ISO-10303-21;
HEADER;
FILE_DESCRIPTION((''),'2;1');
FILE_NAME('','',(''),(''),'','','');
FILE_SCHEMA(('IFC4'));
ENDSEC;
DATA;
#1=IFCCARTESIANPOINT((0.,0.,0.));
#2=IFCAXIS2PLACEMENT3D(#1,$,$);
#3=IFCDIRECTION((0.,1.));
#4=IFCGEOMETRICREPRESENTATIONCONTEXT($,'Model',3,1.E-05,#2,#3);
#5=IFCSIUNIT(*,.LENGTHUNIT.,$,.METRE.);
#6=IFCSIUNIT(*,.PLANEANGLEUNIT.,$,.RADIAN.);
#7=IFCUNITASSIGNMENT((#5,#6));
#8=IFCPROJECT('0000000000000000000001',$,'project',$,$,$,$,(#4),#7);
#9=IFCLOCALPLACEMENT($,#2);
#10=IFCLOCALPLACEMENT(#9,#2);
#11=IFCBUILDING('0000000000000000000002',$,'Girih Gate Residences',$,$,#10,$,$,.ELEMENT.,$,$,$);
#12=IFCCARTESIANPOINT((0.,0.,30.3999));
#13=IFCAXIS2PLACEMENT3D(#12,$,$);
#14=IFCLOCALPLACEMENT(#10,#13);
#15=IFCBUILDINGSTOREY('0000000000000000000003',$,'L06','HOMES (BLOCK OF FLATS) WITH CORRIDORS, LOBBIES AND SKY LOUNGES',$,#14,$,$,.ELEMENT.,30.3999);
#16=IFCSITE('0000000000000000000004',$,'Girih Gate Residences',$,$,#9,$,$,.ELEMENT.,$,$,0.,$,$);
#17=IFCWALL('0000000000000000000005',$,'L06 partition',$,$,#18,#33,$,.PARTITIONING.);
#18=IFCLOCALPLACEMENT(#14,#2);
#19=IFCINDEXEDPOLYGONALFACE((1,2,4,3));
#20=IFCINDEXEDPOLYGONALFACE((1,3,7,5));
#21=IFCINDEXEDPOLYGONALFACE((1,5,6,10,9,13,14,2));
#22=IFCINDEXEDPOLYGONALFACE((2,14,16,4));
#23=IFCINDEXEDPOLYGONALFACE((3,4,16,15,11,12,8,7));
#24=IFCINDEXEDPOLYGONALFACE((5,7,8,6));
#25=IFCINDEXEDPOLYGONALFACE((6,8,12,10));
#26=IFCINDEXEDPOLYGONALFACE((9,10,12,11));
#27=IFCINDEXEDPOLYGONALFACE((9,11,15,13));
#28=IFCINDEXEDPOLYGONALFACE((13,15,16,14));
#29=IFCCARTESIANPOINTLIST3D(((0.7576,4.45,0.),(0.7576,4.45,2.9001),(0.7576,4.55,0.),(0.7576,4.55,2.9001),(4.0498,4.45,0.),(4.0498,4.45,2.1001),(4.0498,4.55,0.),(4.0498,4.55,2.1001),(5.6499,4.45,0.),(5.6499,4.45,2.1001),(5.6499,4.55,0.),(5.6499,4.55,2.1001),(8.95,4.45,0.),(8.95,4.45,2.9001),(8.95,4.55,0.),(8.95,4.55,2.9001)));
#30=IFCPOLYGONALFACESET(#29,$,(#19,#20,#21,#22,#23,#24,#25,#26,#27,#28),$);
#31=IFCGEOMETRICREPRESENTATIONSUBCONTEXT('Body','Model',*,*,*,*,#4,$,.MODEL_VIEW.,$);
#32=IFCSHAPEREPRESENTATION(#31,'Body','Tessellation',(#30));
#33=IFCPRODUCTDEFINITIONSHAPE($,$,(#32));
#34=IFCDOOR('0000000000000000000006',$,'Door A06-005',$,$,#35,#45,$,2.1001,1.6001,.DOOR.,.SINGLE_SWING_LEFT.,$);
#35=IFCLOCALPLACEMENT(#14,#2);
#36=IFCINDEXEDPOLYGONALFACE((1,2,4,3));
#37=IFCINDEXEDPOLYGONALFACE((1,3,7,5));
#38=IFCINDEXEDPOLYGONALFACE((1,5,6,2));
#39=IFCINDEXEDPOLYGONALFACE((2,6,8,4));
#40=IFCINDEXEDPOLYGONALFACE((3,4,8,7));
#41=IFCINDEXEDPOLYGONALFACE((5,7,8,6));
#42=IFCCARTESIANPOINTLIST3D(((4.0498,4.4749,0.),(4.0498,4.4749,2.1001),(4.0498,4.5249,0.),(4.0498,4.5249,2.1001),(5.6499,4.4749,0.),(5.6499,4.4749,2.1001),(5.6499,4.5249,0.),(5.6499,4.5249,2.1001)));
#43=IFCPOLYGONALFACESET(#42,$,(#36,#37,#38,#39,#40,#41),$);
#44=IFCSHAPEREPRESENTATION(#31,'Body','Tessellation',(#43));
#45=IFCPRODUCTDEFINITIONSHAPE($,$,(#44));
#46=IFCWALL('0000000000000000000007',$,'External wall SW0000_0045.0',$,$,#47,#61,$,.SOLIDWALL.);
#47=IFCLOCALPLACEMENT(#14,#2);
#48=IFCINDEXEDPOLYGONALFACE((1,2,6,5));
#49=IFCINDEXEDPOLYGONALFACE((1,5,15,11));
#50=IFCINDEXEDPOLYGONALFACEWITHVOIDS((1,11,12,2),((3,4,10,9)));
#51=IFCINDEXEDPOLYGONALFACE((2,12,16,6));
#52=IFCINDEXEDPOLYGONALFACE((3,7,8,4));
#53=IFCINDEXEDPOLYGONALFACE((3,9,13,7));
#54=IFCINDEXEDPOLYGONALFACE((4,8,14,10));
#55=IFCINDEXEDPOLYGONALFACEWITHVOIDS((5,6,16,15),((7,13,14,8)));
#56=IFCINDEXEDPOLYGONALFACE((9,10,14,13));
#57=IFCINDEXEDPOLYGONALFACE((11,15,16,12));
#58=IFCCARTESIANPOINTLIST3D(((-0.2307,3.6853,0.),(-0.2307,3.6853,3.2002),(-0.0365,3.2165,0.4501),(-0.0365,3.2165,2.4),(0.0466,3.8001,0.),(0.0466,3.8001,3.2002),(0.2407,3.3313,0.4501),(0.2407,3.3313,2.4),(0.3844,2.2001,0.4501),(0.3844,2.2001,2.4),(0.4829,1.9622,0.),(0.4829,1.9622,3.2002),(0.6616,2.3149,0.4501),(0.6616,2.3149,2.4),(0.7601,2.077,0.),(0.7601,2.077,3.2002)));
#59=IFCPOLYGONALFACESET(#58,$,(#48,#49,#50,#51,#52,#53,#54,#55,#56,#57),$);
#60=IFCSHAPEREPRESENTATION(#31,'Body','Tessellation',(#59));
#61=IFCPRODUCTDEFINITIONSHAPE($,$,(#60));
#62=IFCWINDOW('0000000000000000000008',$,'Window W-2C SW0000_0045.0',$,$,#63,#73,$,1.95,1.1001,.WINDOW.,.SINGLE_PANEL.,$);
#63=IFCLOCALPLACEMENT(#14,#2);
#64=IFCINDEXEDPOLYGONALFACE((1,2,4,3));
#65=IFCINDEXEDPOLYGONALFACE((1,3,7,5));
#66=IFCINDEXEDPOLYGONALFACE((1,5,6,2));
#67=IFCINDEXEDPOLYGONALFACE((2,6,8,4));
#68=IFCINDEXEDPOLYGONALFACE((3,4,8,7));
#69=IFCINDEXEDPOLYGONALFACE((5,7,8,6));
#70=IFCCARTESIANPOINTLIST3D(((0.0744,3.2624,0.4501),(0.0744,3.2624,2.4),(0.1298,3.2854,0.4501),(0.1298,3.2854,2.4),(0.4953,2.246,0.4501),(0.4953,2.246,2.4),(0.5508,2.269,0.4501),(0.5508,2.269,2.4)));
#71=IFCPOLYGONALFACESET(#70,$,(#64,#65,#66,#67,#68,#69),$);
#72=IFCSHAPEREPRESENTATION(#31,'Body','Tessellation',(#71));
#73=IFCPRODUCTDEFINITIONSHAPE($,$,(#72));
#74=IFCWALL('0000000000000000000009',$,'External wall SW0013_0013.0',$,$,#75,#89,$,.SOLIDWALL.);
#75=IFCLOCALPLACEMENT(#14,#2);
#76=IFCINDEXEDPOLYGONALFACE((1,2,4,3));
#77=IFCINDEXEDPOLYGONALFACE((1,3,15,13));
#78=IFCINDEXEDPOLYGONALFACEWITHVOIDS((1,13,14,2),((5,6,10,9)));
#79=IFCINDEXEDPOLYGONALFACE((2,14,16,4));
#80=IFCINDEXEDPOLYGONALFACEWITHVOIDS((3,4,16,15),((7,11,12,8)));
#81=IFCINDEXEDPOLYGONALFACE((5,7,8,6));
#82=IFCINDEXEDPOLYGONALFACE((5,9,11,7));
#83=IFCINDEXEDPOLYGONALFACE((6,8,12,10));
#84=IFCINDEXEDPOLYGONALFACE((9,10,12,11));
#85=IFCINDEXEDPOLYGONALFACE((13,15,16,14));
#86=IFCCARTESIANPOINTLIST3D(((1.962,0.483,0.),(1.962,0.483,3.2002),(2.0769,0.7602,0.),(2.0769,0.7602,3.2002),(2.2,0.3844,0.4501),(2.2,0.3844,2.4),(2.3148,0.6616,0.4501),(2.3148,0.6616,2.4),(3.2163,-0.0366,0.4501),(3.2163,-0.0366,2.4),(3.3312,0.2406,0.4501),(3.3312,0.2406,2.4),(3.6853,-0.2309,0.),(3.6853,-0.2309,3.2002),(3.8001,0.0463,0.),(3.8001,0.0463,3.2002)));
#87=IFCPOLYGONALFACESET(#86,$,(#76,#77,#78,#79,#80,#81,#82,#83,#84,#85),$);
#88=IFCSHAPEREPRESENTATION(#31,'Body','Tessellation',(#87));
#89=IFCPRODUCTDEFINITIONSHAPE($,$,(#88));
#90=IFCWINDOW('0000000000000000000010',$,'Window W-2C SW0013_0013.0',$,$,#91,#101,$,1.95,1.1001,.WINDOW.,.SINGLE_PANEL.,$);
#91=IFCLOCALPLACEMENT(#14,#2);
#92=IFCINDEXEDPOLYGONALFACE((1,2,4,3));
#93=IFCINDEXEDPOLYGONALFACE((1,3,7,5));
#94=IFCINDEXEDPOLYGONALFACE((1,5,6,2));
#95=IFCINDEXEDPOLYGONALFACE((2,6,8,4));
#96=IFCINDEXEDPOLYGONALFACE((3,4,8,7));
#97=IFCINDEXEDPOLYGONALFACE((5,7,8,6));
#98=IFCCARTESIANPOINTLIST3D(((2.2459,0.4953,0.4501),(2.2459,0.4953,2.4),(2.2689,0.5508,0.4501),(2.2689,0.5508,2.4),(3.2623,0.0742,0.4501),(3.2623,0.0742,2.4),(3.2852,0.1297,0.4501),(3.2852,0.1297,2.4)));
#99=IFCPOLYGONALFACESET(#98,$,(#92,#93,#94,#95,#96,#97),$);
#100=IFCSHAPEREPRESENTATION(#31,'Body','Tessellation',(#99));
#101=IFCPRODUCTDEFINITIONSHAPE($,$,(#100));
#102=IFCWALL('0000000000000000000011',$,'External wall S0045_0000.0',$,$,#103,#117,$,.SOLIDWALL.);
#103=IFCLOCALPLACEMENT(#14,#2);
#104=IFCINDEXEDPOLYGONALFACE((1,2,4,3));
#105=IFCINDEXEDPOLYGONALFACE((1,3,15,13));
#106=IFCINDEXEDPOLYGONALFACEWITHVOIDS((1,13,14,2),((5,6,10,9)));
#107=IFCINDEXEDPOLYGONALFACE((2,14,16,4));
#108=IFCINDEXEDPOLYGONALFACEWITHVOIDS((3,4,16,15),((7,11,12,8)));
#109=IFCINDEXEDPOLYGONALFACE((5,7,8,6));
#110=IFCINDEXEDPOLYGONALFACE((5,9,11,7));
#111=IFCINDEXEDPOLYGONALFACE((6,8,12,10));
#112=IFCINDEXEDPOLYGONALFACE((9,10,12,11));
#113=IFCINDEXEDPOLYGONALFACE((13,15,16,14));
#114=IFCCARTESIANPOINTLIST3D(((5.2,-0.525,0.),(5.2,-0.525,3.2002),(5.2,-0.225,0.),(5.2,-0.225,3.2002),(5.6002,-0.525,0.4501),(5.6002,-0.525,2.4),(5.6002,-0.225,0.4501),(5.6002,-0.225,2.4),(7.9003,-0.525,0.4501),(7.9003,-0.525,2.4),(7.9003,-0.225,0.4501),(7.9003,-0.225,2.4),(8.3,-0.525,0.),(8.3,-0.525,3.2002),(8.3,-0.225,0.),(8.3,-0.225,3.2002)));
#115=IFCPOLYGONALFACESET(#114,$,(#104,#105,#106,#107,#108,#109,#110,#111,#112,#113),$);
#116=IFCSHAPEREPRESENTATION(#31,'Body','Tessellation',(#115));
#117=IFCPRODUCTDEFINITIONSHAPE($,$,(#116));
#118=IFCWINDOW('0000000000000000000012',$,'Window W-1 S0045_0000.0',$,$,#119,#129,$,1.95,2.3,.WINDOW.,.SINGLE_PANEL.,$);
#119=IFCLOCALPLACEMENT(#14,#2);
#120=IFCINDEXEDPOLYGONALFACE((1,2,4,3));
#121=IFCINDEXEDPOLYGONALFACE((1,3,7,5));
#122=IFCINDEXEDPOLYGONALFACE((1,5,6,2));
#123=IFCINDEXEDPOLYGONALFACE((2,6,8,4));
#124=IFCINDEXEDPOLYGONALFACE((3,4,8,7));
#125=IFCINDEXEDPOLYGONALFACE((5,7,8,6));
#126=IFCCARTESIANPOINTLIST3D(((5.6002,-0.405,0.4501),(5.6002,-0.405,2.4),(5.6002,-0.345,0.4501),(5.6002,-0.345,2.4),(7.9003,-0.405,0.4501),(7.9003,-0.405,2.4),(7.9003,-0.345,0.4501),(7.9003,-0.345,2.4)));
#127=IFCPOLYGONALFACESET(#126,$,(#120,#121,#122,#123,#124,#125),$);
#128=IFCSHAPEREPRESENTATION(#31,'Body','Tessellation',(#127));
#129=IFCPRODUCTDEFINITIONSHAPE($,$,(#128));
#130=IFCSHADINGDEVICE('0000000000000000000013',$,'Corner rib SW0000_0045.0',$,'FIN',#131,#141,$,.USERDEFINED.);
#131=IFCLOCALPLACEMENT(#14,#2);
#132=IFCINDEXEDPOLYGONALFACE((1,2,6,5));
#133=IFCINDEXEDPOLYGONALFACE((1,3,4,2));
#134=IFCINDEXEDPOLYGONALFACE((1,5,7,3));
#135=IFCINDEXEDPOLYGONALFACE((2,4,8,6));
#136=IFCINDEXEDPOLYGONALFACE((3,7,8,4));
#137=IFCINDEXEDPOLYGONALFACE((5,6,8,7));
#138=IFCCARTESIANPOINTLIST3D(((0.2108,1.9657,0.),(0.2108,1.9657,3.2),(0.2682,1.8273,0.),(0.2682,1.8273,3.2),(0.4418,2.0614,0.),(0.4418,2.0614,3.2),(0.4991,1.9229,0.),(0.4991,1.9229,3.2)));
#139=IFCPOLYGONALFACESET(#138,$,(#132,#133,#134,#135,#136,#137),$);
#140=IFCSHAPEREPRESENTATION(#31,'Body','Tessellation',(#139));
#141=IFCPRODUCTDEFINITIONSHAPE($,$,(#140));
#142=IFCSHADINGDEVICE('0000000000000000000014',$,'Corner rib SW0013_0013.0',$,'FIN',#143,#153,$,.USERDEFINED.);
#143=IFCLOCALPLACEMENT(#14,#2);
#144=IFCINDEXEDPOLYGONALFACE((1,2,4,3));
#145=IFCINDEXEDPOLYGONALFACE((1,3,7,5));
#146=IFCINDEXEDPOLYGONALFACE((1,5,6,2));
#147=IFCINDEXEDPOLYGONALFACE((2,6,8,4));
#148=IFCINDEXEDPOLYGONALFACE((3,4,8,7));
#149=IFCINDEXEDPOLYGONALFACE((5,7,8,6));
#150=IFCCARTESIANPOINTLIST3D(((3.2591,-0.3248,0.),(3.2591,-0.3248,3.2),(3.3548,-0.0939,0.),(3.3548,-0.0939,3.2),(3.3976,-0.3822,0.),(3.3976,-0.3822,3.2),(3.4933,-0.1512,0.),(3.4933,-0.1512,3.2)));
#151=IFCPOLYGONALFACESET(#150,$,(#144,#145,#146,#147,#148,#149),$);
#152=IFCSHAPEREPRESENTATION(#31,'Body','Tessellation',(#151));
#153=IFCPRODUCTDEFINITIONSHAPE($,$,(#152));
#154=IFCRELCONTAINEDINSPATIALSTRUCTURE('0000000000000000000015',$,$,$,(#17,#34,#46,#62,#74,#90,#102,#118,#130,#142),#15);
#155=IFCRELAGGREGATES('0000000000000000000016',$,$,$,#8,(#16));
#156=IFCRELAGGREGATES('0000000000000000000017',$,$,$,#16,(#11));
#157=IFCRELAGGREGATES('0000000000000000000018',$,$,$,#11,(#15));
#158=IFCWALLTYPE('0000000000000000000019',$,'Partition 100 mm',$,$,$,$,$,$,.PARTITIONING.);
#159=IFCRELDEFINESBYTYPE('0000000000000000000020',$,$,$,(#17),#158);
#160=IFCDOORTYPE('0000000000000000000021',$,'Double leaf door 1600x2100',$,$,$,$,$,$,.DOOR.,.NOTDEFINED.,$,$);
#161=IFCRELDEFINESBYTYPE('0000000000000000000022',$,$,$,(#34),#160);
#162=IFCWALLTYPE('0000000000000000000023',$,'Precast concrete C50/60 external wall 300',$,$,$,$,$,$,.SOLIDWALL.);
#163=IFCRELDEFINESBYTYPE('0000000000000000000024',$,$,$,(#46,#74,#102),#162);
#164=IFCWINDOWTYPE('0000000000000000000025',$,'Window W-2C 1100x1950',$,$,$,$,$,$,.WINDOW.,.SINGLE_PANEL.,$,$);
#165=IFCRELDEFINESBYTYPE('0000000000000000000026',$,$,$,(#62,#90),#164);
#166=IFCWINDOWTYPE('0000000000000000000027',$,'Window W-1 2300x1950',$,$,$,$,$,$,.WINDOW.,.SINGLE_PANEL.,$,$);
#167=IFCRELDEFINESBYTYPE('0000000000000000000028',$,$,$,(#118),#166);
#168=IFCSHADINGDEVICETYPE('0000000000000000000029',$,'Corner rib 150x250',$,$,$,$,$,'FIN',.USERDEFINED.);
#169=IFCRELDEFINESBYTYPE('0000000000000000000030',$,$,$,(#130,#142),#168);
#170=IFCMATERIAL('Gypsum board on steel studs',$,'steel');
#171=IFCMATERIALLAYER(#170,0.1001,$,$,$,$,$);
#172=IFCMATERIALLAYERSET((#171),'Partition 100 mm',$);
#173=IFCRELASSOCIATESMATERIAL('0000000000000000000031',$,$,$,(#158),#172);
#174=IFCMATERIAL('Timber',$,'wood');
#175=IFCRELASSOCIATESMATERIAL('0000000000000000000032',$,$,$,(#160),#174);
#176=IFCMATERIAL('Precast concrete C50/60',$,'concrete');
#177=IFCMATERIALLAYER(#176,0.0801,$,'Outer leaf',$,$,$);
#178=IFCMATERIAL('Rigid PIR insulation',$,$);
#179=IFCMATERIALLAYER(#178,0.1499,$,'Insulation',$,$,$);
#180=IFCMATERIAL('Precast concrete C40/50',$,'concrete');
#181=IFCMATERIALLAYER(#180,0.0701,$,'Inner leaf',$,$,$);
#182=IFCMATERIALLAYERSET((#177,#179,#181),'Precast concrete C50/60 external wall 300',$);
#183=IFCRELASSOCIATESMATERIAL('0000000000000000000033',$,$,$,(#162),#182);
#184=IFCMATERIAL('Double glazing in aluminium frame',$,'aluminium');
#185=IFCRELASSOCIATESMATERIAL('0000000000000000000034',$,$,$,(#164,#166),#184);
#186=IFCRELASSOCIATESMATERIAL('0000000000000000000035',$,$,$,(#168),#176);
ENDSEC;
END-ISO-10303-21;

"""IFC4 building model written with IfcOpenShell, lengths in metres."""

from ifc_helpers import new_model, si_unit, direction, frame, frame_2d, origin, origin_2d, place, context, subcontext, project, spatial, rectangle, extrude, material, layer, layer_set, type_object, element, fill, save


model = new_model("IFC4")

# Units and contexts
model_context = context("Model", 3, precision=1e-05, world=origin(), true_north=direction((0.0, 1.0)))
body_context = subcontext(model_context, "Body", "Model", "MODEL_VIEW")
ifc_project = project(units=[si_unit("LENGTHUNIT", "METRE"), si_unit("PLANEANGLEUNIT", "RADIAN")], contexts=[model_context])

# Site, building, storey
site_placement = place(None, origin())
site = spatial("IfcSite", under=ifc_project, at=site_placement, Name="Girih Gate Residences", CompositionType="ELEMENT", RefElevation=0.0)
building_placement = place(site_placement, origin())
building = spatial("IfcBuilding", under=site, at=building_placement, Name="Girih Gate Residences", CompositionType="ELEMENT")
storey_placement = place(building_placement, frame((0.0, 0.0, 30.3999)))
storey = spatial("IfcBuildingStorey", under=building, at=storey_placement, Name="L06", Description="HOMES (BLOCK OF FLATS) WITH CORRIDORS, LOBBIES AND SKY LOUNGES", CompositionType="ELEMENT", Elevation=30.3999)

# Wall, opening, door
ifc_material_1 = material(Name="Gypsum board on steel studs", Category="steel")
ifc_layer_1 = layer(ifc_material_1, 0.1001)
ifc_layer_set_1 = layer_set([ifc_layer_1], Name="Partition 100 mm")
wall_type_1 = type_object("IfcWallType", Name="Partition 100 mm", PredefinedType="PARTITIONING", material=ifc_layer_set_1)
wall_1_placement = place(storey_placement, frame((0.7576, 4.5, 0.0), z_axis=(0.0, 0.0, 1.0), x_axis=(1.0, 0.0, 0.0)))
wall_1 = element("IfcWall", 1, at=wall_1_placement, inside=storey, type_object=wall_type_1, Name="L06 partition", PredefinedType="PARTITIONING", context=body_context, shape_type="SweptSolid", body=[
    extrude(rectangle(XDim=8.1924, YDim=0.1001, at=frame_2d((4.0962, 0.0))), origin(), (0.0, 0.0, 1.0), 2.9001),
])
opening_1_placement = place(wall_1_placement, frame((3.2922, 0.0, 0.0)))
opening_1 = element("IfcOpeningElement", 2, at=opening_1_placement, cuts=wall_1, PredefinedType="OPENING", context=body_context, shape_type="SweptSolid", body=[
    extrude(rectangle(XDim=1.6001, YDim=2.1001, at=frame_2d((0.8, 1.05))), frame((0.0, 0.0601, 0.0), z_axis=(0.0, -1.0, 0.0), x_axis=(1.0, 0.0, 0.0)), (0.0, 0.0, 1.0), 0.1201),
])
ifc_material_2 = material(Name="Timber", Category="wood")
door_type = type_object("IfcDoorType", Name="Double leaf door 1600x2100", OperationType="NOTDEFINED", PredefinedType="DOOR", material=ifc_material_2)
door_placement = place(opening_1_placement, origin())
door = element("IfcDoor", 3, at=door_placement, inside=storey, type_object=door_type, Name="Door A06-005", OperationType="SINGLE_SWING_LEFT", OverallHeight=2.1001, OverallWidth=1.6001, PredefinedType="DOOR", context=body_context, shape_type="SweptSolid", body=[
    extrude(rectangle(XDim=1.6001, YDim=2.1001, at=frame_2d((0.8, 1.05))), frame((0.0, 0.0249, 0.0), z_axis=(0.0, -1.0, 0.0), x_axis=(1.0, 0.0, 0.0)), (0.0, 0.0, 1.0), 0.05),
])
fill(opening_1, door)

# Walls, openings, windows
ifc_material_3 = material(Name="Precast concrete C50/60", Category="concrete")
ifc_layer_2 = layer(ifc_material_3, 0.0801, Name="Outer leaf")
ifc_material_4 = material(Name="Rigid PIR insulation")
ifc_layer_3 = layer(ifc_material_4, 0.1499, Name="Insulation")
ifc_material_5 = material(Name="Precast concrete C40/50", Category="concrete")
ifc_layer_4 = layer(ifc_material_5, 0.0701, Name="Inner leaf")
ifc_layer_set_2 = layer_set([ifc_layer_2, ifc_layer_3, ifc_layer_4], Name="Precast concrete C50/60 external wall 300")
wall_type_2 = type_object("IfcWallType", Name="Precast concrete C50/60 external wall 300", PredefinedType="SOLIDWALL", material=ifc_layer_set_2)
wall_2_placement = place(storey_placement, frame((0.6216, 2.0195, 0.0), z_axis=(0.0, 0.0, 1.0), x_axis=(-0.382625, 0.923904, 0.0)))
wall_2 = element("IfcWall", 4, at=wall_2_placement, inside=storey, type_object=wall_type_2, Name="External wall SW0000_0045.0", PredefinedType="SOLIDWALL", context=body_context, shape_type="SweptSolid", body=[
    extrude(rectangle(XDim=1.865, YDim=0.3, at=frame_2d((0.9326, 0.0))), origin(), (0.0, 0.0, 1.0), 3.2002),
])
opening_2_placement = place(wall_2_placement, frame((0.2576, 0.0, 0.45)))
opening_2 = element("IfcOpeningElement", 5, at=opening_2_placement, cuts=wall_2, PredefinedType="OPENING", context=body_context, shape_type="SweptSolid", body=[
    extrude(rectangle(XDim=1.1001, YDim=1.95, at=frame_2d((0.55, 0.9751))), frame((0.0, 0.1599, 0.0), z_axis=(0.0, -1.0, 0.0), x_axis=(1.0, 0.0, 0.0)), (0.0, 0.0, 1.0), 0.3201),
])
ifc_material_6 = material(Name="Double glazing in aluminium frame", Category="aluminium")
window_type_1 = type_object("IfcWindowType", Name="Window W-2C 1100x1950", PartitioningType="SINGLE_PANEL", PredefinedType="WINDOW", material=ifc_material_6)
window_1_placement = place(opening_2_placement, origin())
window_1 = element("IfcWindow", 6, at=window_1_placement, inside=storey, type_object=window_type_1, Name="Window W-2C SW0000_0045.0", OverallHeight=1.95, OverallWidth=1.1001, PartitioningType="SINGLE_PANEL", PredefinedType="WINDOW", context=body_context, shape_type="SweptSolid", body=[
    extrude(rectangle(XDim=1.1001, YDim=1.95, at=frame_2d((0.55, 0.9751))), frame((0.0, 0.03, 0.0), z_axis=(0.0, -1.0, 0.0), x_axis=(1.0, 0.0, 0.0)), (0.0, 0.0, 1.0), 0.0601),
])
fill(opening_2, window_1)
wall_3_placement = place(storey_placement, frame((3.7427, -0.0923, 0.0), z_axis=(0.0, 0.0, 1.0), x_axis=(-0.923857, 0.382737, 0.0)))
wall_3 = element("IfcWall", 7, at=wall_3_placement, inside=storey, type_object=wall_type_2, Name="External wall SW0013_0013.0", PredefinedType="SOLIDWALL", context=body_context, shape_type="SweptSolid", body=[
    extrude(rectangle(XDim=1.8652, YDim=0.3, at=frame_2d((0.9326, 0.0))), origin(), (0.0, 0.0, 1.0), 3.2002),
])
opening_3_placement = place(wall_3_placement, frame((0.5076, 0.0, 0.45)))
opening_3 = element("IfcOpeningElement", 8, at=opening_3_placement, cuts=wall_3, PredefinedType="OPENING", context=body_context, shape_type="SweptSolid", body=[
    extrude(rectangle(XDim=1.1001, YDim=1.95, at=frame_2d((0.55, 0.9751))), frame((0.0, 0.1599, 0.0), z_axis=(0.0, -1.0, 0.0), x_axis=(1.0, 0.0, 0.0)), (0.0, 0.0, 1.0), 0.3201),
])
window_2_placement = place(opening_3_placement, origin())
window_2 = element("IfcWindow", 9, at=window_2_placement, inside=storey, type_object=window_type_1, Name="Window W-2C SW0013_0013.0", OverallHeight=1.95, OverallWidth=1.1001, PartitioningType="SINGLE_PANEL", PredefinedType="WINDOW", context=body_context, shape_type="SweptSolid", body=[
    extrude(rectangle(XDim=1.1001, YDim=1.95, at=frame_2d((0.55, 0.9751))), frame((0.0, 0.03, 0.0), z_axis=(0.0, -1.0, 0.0), x_axis=(1.0, 0.0, 0.0)), (0.0, 0.0, 1.0), 0.0601),
])
fill(opening_3, window_2)
wall_4_placement = place(storey_placement, frame((8.3, -0.375, 0.0), z_axis=(0.0, 0.0, 1.0), x_axis=(-1.0, 0.0, 0.0)))
wall_4 = element("IfcWall", 10, at=wall_4_placement, inside=storey, type_object=wall_type_2, Name="External wall S0045_0000.0", PredefinedType="SOLIDWALL", context=body_context, shape_type="SweptSolid", body=[
    extrude(rectangle(XDim=3.1001, YDim=0.3, at=frame_2d((1.55, 0.0))), origin(), (0.0, 0.0, 1.0), 3.2002),
])
opening_4_placement = place(wall_4_placement, frame((0.3999, 0.0, 0.45)))
opening_4 = element("IfcOpeningElement", 11, at=opening_4_placement, cuts=wall_4, PredefinedType="OPENING", context=body_context, shape_type="SweptSolid", body=[
    extrude(rectangle(XDim=2.3, YDim=1.95, at=frame_2d((1.1499, 0.9751))), frame((0.0, 0.1599, 0.0), z_axis=(0.0, -1.0, 0.0), x_axis=(1.0, 0.0, 0.0)), (0.0, 0.0, 1.0), 0.3201),
])
window_type_2 = type_object("IfcWindowType", Name="Window W-1 2300x1950", PartitioningType="SINGLE_PANEL", PredefinedType="WINDOW", material=ifc_material_6)
window_3_placement = place(opening_4_placement, origin())
window_3 = element("IfcWindow", 12, at=window_3_placement, inside=storey, type_object=window_type_2, Name="Window W-1 S0045_0000.0", OverallHeight=1.95, OverallWidth=2.3, PartitioningType="SINGLE_PANEL", PredefinedType="WINDOW", context=body_context, shape_type="SweptSolid", body=[
    extrude(rectangle(XDim=2.3, YDim=1.95, at=frame_2d((1.1499, 0.9751))), frame((0.0, 0.03, 0.0), z_axis=(0.0, -1.0, 0.0), x_axis=(1.0, 0.0, 0.0)), (0.0, 0.0, 1.0), 0.0601),
])
fill(opening_4, window_3)

# Shading devices
shading_device_type = type_object("IfcShadingDeviceType", Name="Corner rib 150x250", ElementType="FIN", PredefinedType="USERDEFINED", material=ifc_material_3)
for number, where, z_axis, x_axis, name in (
    (13, (0.355, 1.9443, 0.0), (0.0, 0.0, 1.0), (0.382683, -0.92388, 0.0), "Corner rib SW0000_0045.0"),
    (14, (3.3762, -0.238, 0.0), (0.0, 0.0, 1.0), (0.92388, -0.382683, 0.0), "Corner rib SW0013_0013.0"),
):
    element("IfcShadingDevice", number, at=place(storey_placement, frame(where, z_axis=z_axis, x_axis=x_axis)), inside=storey, type_object=shading_device_type, Name=name, ObjectType="FIN", PredefinedType="USERDEFINED", context=body_context, shape_type="SweptSolid", body=[
        extrude(rectangle(XDim=0.1499, YDim=0.25, at=origin_2d()), origin(), (0.0, 0.0, 1.0), 3.2),
    ])

save(model, "model.ifc")
